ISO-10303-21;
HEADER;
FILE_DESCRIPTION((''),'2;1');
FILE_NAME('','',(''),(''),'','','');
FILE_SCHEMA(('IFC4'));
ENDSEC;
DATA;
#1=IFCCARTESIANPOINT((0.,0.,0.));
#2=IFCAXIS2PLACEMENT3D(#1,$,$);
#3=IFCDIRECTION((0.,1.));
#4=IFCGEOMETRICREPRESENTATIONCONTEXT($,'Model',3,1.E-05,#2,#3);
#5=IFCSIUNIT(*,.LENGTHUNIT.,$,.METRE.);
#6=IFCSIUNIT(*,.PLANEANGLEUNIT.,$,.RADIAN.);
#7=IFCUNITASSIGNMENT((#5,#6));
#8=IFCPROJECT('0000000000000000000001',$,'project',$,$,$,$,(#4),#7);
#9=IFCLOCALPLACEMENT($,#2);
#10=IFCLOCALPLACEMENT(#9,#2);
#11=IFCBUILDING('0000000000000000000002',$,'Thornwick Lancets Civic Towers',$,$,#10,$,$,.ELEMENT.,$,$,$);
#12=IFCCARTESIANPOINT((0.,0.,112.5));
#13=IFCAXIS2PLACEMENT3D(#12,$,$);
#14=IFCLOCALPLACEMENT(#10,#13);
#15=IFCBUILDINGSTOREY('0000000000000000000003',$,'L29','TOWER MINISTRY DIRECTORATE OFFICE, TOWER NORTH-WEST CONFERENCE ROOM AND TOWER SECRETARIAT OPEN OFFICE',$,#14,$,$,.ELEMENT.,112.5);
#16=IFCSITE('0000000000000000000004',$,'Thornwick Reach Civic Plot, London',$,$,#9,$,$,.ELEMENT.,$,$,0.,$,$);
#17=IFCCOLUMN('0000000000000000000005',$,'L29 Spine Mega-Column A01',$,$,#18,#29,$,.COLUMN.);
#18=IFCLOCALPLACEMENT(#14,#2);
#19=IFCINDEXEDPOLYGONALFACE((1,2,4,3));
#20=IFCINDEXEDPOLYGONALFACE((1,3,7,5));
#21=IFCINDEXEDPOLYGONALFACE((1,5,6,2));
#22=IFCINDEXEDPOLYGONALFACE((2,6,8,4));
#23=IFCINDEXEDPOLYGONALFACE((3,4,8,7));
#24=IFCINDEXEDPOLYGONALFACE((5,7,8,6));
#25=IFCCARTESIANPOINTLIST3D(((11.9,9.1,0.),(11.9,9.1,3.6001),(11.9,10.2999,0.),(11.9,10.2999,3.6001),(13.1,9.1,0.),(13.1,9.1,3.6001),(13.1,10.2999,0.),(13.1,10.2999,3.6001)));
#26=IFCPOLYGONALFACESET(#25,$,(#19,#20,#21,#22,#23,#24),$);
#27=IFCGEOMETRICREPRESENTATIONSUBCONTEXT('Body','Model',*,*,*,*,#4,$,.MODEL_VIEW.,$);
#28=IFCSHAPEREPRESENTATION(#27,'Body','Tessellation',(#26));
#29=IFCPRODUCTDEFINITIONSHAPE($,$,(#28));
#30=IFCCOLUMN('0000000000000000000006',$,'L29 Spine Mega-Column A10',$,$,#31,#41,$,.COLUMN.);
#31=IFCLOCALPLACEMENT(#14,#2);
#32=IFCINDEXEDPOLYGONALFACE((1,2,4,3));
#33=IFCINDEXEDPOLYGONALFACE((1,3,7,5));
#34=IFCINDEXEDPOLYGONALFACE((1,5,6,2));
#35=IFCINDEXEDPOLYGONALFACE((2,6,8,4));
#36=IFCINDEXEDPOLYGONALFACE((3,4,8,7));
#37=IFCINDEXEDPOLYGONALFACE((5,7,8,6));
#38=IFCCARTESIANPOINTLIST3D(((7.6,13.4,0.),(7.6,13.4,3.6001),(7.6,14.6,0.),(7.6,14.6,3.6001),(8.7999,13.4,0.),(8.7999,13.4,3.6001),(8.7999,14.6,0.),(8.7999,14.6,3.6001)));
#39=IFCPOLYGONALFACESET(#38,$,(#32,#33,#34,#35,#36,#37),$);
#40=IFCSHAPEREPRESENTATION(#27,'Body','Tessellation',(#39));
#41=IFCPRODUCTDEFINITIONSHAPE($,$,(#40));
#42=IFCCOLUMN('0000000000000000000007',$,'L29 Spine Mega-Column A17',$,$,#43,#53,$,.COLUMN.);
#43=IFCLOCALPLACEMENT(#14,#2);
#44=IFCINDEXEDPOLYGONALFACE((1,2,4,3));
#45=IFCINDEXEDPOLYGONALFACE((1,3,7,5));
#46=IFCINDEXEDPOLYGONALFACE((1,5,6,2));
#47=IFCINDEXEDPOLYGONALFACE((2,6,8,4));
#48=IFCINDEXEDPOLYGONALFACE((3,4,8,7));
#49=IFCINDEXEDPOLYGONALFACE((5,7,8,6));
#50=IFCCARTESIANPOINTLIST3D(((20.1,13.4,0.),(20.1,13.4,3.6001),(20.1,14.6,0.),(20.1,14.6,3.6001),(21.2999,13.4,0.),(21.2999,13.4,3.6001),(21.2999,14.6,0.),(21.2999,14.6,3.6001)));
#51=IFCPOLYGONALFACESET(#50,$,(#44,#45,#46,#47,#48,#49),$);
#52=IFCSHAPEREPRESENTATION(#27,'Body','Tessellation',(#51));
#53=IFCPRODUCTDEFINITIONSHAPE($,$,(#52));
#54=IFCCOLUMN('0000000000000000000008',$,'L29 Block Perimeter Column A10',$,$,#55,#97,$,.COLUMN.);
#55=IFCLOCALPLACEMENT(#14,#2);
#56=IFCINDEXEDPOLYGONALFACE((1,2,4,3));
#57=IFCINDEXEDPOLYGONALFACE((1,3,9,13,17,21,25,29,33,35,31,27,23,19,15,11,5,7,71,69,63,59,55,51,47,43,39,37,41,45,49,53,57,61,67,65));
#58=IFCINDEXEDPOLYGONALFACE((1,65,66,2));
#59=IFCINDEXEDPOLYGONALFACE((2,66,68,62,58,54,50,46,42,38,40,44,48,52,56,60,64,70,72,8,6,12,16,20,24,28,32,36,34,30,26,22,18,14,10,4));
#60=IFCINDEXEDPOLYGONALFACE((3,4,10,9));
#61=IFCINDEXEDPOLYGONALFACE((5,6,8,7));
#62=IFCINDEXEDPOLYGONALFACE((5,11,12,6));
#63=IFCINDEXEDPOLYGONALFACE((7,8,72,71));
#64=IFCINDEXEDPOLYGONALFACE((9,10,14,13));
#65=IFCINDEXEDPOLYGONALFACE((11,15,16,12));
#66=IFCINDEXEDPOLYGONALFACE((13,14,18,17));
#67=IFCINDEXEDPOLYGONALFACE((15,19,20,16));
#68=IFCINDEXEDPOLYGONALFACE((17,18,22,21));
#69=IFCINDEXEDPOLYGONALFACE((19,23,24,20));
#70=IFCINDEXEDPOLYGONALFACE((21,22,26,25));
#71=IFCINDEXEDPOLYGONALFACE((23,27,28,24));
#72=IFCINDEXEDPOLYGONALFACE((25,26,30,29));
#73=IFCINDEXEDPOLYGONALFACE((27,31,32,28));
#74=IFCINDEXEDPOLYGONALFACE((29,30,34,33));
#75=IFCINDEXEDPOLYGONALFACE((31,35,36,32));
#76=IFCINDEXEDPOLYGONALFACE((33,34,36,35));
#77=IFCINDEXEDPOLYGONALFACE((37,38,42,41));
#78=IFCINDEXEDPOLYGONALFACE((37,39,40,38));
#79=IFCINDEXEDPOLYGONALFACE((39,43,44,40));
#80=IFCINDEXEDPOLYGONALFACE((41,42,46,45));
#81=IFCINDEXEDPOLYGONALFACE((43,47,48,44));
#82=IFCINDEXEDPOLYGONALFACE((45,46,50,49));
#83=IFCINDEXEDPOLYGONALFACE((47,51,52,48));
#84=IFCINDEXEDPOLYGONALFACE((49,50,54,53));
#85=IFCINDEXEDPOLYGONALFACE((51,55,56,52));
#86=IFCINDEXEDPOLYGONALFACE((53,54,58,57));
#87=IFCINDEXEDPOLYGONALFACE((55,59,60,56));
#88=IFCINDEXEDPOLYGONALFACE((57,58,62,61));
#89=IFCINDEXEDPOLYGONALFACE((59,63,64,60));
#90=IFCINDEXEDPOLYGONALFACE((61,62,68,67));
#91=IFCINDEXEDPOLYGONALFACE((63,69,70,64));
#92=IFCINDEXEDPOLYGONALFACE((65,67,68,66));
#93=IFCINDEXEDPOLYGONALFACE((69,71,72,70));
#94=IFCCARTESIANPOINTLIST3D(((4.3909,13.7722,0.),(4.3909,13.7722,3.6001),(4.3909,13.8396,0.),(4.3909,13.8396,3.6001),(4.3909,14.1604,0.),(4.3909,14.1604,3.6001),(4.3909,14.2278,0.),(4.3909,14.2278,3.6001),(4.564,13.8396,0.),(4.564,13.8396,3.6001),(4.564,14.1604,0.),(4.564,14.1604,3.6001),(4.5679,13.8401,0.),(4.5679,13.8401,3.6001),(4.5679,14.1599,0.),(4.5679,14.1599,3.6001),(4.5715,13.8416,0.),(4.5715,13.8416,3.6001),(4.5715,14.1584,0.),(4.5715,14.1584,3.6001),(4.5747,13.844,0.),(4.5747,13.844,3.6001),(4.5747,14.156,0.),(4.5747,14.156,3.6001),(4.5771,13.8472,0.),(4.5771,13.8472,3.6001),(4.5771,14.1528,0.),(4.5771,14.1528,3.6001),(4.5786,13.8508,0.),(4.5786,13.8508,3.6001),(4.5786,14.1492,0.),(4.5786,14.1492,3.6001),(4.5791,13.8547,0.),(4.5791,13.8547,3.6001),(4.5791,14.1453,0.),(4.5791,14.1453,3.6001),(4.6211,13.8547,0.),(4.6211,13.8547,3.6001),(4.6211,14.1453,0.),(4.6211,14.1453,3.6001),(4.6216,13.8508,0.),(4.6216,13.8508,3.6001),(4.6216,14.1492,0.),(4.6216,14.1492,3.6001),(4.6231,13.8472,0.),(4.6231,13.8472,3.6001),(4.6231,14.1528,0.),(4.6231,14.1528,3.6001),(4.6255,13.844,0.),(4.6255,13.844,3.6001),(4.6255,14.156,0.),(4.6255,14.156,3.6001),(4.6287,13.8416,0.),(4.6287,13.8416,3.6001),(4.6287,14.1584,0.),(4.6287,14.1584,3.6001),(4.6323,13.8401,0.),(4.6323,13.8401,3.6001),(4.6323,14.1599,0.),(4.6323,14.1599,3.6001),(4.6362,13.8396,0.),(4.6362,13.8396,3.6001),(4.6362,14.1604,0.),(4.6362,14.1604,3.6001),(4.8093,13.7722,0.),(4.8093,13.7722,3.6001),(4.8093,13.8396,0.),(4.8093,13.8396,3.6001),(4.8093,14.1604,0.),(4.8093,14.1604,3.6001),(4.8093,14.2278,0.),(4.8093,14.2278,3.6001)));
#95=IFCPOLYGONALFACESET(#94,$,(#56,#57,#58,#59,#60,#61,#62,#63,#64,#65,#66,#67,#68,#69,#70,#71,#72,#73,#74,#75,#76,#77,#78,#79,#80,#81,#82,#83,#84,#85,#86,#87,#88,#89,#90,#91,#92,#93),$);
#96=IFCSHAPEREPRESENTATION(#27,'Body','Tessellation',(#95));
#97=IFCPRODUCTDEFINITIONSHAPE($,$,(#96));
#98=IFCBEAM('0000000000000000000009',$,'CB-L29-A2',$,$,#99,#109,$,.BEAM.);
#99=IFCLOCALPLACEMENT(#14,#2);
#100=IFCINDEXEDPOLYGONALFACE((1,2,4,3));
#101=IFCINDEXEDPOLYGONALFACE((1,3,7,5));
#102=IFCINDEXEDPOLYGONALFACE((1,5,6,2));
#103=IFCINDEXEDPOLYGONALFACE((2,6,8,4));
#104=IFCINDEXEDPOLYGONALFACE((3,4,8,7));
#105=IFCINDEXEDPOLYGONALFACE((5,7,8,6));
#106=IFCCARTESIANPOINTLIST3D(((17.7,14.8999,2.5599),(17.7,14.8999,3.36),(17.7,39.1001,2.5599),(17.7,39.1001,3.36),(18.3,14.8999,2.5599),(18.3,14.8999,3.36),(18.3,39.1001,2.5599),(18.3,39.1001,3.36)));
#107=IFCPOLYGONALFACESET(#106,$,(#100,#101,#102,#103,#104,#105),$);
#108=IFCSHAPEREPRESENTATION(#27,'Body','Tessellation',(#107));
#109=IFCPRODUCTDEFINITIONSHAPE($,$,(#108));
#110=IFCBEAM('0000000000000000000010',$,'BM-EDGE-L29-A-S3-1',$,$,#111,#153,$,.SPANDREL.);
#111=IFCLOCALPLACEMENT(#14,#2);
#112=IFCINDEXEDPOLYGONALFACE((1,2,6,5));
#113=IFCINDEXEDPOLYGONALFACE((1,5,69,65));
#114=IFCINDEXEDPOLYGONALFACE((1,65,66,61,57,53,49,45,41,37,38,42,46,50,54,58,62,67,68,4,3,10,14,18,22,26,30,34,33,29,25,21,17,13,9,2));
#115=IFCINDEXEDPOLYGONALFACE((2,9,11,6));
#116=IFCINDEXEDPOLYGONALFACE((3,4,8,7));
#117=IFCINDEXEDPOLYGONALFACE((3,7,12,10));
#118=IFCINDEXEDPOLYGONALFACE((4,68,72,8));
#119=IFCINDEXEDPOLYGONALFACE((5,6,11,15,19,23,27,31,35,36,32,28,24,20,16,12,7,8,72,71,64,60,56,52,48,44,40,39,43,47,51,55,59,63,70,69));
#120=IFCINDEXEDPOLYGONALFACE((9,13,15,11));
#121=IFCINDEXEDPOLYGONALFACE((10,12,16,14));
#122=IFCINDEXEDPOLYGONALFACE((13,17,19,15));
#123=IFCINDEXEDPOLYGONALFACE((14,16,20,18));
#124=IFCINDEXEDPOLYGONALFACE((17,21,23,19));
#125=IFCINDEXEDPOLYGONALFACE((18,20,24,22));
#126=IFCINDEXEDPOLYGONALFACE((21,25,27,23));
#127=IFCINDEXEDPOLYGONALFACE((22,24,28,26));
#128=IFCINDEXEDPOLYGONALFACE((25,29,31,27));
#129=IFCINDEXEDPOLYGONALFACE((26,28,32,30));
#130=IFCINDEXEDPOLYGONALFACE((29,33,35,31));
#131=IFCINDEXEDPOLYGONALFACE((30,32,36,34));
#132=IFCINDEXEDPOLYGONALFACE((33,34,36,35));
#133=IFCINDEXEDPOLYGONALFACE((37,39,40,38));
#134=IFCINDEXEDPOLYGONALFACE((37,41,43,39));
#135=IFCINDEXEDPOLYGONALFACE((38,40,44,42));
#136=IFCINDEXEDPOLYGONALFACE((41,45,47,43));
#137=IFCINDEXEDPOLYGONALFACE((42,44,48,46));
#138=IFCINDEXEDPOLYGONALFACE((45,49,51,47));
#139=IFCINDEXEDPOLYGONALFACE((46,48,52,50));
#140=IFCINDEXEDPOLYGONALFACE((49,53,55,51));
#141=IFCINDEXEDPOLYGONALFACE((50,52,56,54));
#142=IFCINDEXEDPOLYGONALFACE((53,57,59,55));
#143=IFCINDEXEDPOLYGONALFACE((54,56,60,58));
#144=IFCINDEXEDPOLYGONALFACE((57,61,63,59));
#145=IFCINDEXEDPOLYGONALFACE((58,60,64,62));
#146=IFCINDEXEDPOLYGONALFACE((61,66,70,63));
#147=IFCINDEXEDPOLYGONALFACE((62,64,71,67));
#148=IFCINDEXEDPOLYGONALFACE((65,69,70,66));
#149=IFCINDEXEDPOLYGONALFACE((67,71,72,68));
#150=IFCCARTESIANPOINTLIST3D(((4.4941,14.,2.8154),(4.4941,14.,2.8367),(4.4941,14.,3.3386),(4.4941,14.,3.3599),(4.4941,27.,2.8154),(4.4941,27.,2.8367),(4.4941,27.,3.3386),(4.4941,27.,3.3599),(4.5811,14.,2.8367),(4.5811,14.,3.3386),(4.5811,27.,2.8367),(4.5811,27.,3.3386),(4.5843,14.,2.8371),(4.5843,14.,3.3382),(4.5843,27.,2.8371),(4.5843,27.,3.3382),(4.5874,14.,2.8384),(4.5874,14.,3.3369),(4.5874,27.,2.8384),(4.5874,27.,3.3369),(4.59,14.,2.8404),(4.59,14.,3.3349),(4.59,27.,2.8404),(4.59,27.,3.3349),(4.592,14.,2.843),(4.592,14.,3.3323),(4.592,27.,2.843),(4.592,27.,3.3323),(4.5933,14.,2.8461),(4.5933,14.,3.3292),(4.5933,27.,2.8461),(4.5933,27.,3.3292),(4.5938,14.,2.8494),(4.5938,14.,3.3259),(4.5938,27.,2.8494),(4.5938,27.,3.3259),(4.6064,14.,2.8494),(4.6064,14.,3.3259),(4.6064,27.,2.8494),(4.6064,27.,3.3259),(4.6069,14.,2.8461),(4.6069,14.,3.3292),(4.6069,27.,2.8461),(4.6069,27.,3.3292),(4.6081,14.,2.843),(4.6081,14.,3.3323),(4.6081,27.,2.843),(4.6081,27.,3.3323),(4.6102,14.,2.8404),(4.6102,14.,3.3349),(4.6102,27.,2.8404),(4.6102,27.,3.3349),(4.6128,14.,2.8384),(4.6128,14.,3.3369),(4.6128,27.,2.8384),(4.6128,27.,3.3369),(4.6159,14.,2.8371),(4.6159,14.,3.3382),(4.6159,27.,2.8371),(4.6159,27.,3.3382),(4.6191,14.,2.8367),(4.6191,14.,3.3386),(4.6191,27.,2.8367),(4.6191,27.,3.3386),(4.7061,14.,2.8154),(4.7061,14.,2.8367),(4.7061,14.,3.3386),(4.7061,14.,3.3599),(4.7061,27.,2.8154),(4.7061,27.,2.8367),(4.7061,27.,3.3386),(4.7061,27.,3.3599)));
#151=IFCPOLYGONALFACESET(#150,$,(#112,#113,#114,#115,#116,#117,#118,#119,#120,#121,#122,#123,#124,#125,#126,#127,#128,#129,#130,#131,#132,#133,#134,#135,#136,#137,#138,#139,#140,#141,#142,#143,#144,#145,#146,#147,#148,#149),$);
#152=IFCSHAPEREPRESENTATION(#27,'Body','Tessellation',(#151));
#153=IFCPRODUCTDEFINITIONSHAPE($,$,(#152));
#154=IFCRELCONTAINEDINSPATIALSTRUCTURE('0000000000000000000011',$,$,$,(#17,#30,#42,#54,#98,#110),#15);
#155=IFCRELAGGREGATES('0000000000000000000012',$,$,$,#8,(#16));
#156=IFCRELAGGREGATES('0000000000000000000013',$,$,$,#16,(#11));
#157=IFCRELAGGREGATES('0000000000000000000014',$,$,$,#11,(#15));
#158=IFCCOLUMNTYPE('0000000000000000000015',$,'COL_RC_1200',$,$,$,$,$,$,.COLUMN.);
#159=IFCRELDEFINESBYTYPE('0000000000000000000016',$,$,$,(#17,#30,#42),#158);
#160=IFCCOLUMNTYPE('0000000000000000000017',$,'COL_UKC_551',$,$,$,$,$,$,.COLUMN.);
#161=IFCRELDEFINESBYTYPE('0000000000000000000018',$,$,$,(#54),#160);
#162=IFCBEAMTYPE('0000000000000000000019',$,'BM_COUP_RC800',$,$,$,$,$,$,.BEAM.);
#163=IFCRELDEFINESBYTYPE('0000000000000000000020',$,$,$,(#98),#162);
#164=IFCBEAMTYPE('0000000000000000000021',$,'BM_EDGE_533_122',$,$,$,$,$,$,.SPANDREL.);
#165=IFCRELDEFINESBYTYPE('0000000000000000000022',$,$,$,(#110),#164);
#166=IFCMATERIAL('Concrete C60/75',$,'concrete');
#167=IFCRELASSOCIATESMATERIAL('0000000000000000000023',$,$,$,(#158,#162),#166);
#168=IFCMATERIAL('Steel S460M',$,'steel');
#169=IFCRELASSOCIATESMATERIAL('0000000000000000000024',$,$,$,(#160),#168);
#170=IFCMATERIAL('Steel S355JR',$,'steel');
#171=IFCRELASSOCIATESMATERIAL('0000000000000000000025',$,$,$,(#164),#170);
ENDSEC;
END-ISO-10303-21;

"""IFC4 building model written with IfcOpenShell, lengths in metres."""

from ifc_helpers import new_model, si_unit, direction, frame, origin, origin_2d, place, context, subcontext, project, spatial, rectangle, i_section, extrude, material, material_profile, profile_set, type_object, element, save


model = new_model("IFC4")

# Units and contexts
model_context = context("Model", 3, precision=1e-05, world=origin(), true_north=direction((0.0, 1.0)))
body_context = subcontext(model_context, "Body", "Model", "MODEL_VIEW")
ifc_project = project(units=[si_unit("LENGTHUNIT", "METRE"), si_unit("PLANEANGLEUNIT", "RADIAN")], contexts=[model_context])

# Site, building, storey
site_placement = place(None, origin())
site = spatial("IfcSite", under=ifc_project, at=site_placement, Name="Thornwick Reach Civic Plot, London", CompositionType="ELEMENT", RefElevation=0.0)
building_placement = place(site_placement, origin())
building = spatial("IfcBuilding", under=site, at=building_placement, Name="Thornwick Lancets Civic Towers", CompositionType="ELEMENT")
storey_placement = place(building_placement, frame((0.0, 0.0, 112.5)))
storey = spatial("IfcBuildingStorey", under=building, at=storey_placement, Name="L29", Description="TOWER MINISTRY DIRECTORATE OFFICE, TOWER NORTH-WEST CONFERENCE ROOM AND TOWER SECRETARIAT OPEN OFFICE", CompositionType="ELEMENT", Elevation=112.5)

# Columns
ifc_material_1 = material(Name="Concrete C60/75", Category="concrete")
ifc_material_profile_1 = material_profile(ifc_material_1, rectangle(XDim=1.2, YDim=1.2, at=origin_2d()), Name="RC 1200x1200")
ifc_profile_set_1 = profile_set([ifc_material_profile_1], Name="Concrete C60/75")
column_type_1 = type_object("IfcColumnType", Name="COL_RC_1200", PredefinedType="COLUMN", material=ifc_profile_set_1)
for number, where, z_axis, x_axis, name in (
    (1, (12.5, 9.7, 0.0), (0.0, 0.0, 1.0), (1.0, 0.0, 0.0), "L29 Spine Mega-Column A01"),
    (2, (8.2, 14.0, 0.0), (0.0, 0.0, 1.0), (1.0, 0.0, 0.0), "L29 Spine Mega-Column A10"),
    (3, (20.7, 14.0, 0.0), (0.0, 0.0, 1.0), (1.0, 0.0, 0.0), "L29 Spine Mega-Column A17"),
):
    element("IfcColumn", number, at=place(storey_placement, frame(where, z_axis=z_axis, x_axis=x_axis)), inside=storey, type_object=column_type_1, Name=name, PredefinedType="COLUMN", context=body_context, shape_type="SweptSolid", body=[
        extrude(rectangle(XDim=1.2, YDim=1.2, at=origin_2d()), origin(), (0.0, 0.0, 1.0), 3.6001),
    ])
ifc_material_2 = material(Name="Steel S460M", Category="steel")
ifc_material_profile_2 = material_profile(ifc_material_2, i_section(OverallWidth=0.4185, OverallDepth=0.4556, WebThickness=0.042, FlangeThickness=0.0674, FilletRadius=0.0151, at=origin_2d()), Name="UKC 356x406x551")
ifc_profile_set_2 = profile_set([ifc_material_profile_2], Name="Steel S460M")
column_type_2 = type_object("IfcColumnType", Name="COL_UKC_551", PredefinedType="COLUMN", material=ifc_profile_set_2)
column_placement = place(storey_placement, frame((4.6001, 14.0, 0.0), z_axis=(0.0, 0.0, 1.0), x_axis=(1.0, 0.0, 0.0)))
element("IfcColumn", 4, at=column_placement, inside=storey, type_object=column_type_2, Name="L29 Block Perimeter Column A10", PredefinedType="COLUMN", context=body_context, shape_type="SweptSolid", body=[
    extrude(i_section(OverallWidth=0.4185, OverallDepth=0.4556, WebThickness=0.042, FlangeThickness=0.0674, FilletRadius=0.0151, at=origin_2d()), origin(), (0.0, 0.0, 1.0), 3.6001),
])

# Beams
ifc_material_profile_3 = material_profile(ifc_material_1, rectangle(XDim=0.6001, YDim=0.8, at=origin_2d()), Name="RC 600x800")
ifc_profile_set_3 = profile_set([ifc_material_profile_3], Name="Concrete C60/75")
beam_type_1 = type_object("IfcBeamType", Name="BM_COUP_RC800", PredefinedType="BEAM", material=ifc_profile_set_3)
beam_1_placement = place(storey_placement, frame((18.0, 14.8999, 2.96), z_axis=(0.0, 1.0, 0.0), x_axis=(-1.0, 0.0, 0.0)))
element("IfcBeam", 5, at=beam_1_placement, inside=storey, type_object=beam_type_1, Name="CB-L29-A2", PredefinedType="BEAM", context=body_context, shape_type="SweptSolid", body=[
    extrude(rectangle(XDim=0.6001, YDim=0.8, at=origin_2d()), origin(), (0.0, 0.0, 1.0), 24.2002),
])
ifc_material_3 = material(Name="Steel S355JR", Category="steel")
ifc_material_profile_4 = material_profile(ifc_material_3, i_section(OverallWidth=0.2119, OverallDepth=0.5444, WebThickness=0.0127, FlangeThickness=0.0212, FilletRadius=0.0127, at=origin_2d()), Name="UKB 533x210x122")
ifc_profile_set_4 = profile_set([ifc_material_profile_4], Name="Steel S355JR")
beam_type_2 = type_object("IfcBeamType", Name="BM_EDGE_533_122", PredefinedType="SPANDREL", material=ifc_profile_set_4)
beam_2_placement = place(storey_placement, frame((4.6001, 14.0, 3.0876), z_axis=(0.0, 1.0, 0.0), x_axis=(-1.0, 0.0, 0.0)))
element("IfcBeam", 6, at=beam_2_placement, inside=storey, type_object=beam_type_2, Name="BM-EDGE-L29-A-S3-1", PredefinedType="SPANDREL", context=body_context, shape_type="SweptSolid", body=[
    extrude(i_section(OverallWidth=0.2119, OverallDepth=0.5444, WebThickness=0.0127, FlangeThickness=0.0212, FilletRadius=0.0127, at=origin_2d()), origin(), (0.0, 0.0, 1.0), 13.0),
])

save(model, "model.ifc")
